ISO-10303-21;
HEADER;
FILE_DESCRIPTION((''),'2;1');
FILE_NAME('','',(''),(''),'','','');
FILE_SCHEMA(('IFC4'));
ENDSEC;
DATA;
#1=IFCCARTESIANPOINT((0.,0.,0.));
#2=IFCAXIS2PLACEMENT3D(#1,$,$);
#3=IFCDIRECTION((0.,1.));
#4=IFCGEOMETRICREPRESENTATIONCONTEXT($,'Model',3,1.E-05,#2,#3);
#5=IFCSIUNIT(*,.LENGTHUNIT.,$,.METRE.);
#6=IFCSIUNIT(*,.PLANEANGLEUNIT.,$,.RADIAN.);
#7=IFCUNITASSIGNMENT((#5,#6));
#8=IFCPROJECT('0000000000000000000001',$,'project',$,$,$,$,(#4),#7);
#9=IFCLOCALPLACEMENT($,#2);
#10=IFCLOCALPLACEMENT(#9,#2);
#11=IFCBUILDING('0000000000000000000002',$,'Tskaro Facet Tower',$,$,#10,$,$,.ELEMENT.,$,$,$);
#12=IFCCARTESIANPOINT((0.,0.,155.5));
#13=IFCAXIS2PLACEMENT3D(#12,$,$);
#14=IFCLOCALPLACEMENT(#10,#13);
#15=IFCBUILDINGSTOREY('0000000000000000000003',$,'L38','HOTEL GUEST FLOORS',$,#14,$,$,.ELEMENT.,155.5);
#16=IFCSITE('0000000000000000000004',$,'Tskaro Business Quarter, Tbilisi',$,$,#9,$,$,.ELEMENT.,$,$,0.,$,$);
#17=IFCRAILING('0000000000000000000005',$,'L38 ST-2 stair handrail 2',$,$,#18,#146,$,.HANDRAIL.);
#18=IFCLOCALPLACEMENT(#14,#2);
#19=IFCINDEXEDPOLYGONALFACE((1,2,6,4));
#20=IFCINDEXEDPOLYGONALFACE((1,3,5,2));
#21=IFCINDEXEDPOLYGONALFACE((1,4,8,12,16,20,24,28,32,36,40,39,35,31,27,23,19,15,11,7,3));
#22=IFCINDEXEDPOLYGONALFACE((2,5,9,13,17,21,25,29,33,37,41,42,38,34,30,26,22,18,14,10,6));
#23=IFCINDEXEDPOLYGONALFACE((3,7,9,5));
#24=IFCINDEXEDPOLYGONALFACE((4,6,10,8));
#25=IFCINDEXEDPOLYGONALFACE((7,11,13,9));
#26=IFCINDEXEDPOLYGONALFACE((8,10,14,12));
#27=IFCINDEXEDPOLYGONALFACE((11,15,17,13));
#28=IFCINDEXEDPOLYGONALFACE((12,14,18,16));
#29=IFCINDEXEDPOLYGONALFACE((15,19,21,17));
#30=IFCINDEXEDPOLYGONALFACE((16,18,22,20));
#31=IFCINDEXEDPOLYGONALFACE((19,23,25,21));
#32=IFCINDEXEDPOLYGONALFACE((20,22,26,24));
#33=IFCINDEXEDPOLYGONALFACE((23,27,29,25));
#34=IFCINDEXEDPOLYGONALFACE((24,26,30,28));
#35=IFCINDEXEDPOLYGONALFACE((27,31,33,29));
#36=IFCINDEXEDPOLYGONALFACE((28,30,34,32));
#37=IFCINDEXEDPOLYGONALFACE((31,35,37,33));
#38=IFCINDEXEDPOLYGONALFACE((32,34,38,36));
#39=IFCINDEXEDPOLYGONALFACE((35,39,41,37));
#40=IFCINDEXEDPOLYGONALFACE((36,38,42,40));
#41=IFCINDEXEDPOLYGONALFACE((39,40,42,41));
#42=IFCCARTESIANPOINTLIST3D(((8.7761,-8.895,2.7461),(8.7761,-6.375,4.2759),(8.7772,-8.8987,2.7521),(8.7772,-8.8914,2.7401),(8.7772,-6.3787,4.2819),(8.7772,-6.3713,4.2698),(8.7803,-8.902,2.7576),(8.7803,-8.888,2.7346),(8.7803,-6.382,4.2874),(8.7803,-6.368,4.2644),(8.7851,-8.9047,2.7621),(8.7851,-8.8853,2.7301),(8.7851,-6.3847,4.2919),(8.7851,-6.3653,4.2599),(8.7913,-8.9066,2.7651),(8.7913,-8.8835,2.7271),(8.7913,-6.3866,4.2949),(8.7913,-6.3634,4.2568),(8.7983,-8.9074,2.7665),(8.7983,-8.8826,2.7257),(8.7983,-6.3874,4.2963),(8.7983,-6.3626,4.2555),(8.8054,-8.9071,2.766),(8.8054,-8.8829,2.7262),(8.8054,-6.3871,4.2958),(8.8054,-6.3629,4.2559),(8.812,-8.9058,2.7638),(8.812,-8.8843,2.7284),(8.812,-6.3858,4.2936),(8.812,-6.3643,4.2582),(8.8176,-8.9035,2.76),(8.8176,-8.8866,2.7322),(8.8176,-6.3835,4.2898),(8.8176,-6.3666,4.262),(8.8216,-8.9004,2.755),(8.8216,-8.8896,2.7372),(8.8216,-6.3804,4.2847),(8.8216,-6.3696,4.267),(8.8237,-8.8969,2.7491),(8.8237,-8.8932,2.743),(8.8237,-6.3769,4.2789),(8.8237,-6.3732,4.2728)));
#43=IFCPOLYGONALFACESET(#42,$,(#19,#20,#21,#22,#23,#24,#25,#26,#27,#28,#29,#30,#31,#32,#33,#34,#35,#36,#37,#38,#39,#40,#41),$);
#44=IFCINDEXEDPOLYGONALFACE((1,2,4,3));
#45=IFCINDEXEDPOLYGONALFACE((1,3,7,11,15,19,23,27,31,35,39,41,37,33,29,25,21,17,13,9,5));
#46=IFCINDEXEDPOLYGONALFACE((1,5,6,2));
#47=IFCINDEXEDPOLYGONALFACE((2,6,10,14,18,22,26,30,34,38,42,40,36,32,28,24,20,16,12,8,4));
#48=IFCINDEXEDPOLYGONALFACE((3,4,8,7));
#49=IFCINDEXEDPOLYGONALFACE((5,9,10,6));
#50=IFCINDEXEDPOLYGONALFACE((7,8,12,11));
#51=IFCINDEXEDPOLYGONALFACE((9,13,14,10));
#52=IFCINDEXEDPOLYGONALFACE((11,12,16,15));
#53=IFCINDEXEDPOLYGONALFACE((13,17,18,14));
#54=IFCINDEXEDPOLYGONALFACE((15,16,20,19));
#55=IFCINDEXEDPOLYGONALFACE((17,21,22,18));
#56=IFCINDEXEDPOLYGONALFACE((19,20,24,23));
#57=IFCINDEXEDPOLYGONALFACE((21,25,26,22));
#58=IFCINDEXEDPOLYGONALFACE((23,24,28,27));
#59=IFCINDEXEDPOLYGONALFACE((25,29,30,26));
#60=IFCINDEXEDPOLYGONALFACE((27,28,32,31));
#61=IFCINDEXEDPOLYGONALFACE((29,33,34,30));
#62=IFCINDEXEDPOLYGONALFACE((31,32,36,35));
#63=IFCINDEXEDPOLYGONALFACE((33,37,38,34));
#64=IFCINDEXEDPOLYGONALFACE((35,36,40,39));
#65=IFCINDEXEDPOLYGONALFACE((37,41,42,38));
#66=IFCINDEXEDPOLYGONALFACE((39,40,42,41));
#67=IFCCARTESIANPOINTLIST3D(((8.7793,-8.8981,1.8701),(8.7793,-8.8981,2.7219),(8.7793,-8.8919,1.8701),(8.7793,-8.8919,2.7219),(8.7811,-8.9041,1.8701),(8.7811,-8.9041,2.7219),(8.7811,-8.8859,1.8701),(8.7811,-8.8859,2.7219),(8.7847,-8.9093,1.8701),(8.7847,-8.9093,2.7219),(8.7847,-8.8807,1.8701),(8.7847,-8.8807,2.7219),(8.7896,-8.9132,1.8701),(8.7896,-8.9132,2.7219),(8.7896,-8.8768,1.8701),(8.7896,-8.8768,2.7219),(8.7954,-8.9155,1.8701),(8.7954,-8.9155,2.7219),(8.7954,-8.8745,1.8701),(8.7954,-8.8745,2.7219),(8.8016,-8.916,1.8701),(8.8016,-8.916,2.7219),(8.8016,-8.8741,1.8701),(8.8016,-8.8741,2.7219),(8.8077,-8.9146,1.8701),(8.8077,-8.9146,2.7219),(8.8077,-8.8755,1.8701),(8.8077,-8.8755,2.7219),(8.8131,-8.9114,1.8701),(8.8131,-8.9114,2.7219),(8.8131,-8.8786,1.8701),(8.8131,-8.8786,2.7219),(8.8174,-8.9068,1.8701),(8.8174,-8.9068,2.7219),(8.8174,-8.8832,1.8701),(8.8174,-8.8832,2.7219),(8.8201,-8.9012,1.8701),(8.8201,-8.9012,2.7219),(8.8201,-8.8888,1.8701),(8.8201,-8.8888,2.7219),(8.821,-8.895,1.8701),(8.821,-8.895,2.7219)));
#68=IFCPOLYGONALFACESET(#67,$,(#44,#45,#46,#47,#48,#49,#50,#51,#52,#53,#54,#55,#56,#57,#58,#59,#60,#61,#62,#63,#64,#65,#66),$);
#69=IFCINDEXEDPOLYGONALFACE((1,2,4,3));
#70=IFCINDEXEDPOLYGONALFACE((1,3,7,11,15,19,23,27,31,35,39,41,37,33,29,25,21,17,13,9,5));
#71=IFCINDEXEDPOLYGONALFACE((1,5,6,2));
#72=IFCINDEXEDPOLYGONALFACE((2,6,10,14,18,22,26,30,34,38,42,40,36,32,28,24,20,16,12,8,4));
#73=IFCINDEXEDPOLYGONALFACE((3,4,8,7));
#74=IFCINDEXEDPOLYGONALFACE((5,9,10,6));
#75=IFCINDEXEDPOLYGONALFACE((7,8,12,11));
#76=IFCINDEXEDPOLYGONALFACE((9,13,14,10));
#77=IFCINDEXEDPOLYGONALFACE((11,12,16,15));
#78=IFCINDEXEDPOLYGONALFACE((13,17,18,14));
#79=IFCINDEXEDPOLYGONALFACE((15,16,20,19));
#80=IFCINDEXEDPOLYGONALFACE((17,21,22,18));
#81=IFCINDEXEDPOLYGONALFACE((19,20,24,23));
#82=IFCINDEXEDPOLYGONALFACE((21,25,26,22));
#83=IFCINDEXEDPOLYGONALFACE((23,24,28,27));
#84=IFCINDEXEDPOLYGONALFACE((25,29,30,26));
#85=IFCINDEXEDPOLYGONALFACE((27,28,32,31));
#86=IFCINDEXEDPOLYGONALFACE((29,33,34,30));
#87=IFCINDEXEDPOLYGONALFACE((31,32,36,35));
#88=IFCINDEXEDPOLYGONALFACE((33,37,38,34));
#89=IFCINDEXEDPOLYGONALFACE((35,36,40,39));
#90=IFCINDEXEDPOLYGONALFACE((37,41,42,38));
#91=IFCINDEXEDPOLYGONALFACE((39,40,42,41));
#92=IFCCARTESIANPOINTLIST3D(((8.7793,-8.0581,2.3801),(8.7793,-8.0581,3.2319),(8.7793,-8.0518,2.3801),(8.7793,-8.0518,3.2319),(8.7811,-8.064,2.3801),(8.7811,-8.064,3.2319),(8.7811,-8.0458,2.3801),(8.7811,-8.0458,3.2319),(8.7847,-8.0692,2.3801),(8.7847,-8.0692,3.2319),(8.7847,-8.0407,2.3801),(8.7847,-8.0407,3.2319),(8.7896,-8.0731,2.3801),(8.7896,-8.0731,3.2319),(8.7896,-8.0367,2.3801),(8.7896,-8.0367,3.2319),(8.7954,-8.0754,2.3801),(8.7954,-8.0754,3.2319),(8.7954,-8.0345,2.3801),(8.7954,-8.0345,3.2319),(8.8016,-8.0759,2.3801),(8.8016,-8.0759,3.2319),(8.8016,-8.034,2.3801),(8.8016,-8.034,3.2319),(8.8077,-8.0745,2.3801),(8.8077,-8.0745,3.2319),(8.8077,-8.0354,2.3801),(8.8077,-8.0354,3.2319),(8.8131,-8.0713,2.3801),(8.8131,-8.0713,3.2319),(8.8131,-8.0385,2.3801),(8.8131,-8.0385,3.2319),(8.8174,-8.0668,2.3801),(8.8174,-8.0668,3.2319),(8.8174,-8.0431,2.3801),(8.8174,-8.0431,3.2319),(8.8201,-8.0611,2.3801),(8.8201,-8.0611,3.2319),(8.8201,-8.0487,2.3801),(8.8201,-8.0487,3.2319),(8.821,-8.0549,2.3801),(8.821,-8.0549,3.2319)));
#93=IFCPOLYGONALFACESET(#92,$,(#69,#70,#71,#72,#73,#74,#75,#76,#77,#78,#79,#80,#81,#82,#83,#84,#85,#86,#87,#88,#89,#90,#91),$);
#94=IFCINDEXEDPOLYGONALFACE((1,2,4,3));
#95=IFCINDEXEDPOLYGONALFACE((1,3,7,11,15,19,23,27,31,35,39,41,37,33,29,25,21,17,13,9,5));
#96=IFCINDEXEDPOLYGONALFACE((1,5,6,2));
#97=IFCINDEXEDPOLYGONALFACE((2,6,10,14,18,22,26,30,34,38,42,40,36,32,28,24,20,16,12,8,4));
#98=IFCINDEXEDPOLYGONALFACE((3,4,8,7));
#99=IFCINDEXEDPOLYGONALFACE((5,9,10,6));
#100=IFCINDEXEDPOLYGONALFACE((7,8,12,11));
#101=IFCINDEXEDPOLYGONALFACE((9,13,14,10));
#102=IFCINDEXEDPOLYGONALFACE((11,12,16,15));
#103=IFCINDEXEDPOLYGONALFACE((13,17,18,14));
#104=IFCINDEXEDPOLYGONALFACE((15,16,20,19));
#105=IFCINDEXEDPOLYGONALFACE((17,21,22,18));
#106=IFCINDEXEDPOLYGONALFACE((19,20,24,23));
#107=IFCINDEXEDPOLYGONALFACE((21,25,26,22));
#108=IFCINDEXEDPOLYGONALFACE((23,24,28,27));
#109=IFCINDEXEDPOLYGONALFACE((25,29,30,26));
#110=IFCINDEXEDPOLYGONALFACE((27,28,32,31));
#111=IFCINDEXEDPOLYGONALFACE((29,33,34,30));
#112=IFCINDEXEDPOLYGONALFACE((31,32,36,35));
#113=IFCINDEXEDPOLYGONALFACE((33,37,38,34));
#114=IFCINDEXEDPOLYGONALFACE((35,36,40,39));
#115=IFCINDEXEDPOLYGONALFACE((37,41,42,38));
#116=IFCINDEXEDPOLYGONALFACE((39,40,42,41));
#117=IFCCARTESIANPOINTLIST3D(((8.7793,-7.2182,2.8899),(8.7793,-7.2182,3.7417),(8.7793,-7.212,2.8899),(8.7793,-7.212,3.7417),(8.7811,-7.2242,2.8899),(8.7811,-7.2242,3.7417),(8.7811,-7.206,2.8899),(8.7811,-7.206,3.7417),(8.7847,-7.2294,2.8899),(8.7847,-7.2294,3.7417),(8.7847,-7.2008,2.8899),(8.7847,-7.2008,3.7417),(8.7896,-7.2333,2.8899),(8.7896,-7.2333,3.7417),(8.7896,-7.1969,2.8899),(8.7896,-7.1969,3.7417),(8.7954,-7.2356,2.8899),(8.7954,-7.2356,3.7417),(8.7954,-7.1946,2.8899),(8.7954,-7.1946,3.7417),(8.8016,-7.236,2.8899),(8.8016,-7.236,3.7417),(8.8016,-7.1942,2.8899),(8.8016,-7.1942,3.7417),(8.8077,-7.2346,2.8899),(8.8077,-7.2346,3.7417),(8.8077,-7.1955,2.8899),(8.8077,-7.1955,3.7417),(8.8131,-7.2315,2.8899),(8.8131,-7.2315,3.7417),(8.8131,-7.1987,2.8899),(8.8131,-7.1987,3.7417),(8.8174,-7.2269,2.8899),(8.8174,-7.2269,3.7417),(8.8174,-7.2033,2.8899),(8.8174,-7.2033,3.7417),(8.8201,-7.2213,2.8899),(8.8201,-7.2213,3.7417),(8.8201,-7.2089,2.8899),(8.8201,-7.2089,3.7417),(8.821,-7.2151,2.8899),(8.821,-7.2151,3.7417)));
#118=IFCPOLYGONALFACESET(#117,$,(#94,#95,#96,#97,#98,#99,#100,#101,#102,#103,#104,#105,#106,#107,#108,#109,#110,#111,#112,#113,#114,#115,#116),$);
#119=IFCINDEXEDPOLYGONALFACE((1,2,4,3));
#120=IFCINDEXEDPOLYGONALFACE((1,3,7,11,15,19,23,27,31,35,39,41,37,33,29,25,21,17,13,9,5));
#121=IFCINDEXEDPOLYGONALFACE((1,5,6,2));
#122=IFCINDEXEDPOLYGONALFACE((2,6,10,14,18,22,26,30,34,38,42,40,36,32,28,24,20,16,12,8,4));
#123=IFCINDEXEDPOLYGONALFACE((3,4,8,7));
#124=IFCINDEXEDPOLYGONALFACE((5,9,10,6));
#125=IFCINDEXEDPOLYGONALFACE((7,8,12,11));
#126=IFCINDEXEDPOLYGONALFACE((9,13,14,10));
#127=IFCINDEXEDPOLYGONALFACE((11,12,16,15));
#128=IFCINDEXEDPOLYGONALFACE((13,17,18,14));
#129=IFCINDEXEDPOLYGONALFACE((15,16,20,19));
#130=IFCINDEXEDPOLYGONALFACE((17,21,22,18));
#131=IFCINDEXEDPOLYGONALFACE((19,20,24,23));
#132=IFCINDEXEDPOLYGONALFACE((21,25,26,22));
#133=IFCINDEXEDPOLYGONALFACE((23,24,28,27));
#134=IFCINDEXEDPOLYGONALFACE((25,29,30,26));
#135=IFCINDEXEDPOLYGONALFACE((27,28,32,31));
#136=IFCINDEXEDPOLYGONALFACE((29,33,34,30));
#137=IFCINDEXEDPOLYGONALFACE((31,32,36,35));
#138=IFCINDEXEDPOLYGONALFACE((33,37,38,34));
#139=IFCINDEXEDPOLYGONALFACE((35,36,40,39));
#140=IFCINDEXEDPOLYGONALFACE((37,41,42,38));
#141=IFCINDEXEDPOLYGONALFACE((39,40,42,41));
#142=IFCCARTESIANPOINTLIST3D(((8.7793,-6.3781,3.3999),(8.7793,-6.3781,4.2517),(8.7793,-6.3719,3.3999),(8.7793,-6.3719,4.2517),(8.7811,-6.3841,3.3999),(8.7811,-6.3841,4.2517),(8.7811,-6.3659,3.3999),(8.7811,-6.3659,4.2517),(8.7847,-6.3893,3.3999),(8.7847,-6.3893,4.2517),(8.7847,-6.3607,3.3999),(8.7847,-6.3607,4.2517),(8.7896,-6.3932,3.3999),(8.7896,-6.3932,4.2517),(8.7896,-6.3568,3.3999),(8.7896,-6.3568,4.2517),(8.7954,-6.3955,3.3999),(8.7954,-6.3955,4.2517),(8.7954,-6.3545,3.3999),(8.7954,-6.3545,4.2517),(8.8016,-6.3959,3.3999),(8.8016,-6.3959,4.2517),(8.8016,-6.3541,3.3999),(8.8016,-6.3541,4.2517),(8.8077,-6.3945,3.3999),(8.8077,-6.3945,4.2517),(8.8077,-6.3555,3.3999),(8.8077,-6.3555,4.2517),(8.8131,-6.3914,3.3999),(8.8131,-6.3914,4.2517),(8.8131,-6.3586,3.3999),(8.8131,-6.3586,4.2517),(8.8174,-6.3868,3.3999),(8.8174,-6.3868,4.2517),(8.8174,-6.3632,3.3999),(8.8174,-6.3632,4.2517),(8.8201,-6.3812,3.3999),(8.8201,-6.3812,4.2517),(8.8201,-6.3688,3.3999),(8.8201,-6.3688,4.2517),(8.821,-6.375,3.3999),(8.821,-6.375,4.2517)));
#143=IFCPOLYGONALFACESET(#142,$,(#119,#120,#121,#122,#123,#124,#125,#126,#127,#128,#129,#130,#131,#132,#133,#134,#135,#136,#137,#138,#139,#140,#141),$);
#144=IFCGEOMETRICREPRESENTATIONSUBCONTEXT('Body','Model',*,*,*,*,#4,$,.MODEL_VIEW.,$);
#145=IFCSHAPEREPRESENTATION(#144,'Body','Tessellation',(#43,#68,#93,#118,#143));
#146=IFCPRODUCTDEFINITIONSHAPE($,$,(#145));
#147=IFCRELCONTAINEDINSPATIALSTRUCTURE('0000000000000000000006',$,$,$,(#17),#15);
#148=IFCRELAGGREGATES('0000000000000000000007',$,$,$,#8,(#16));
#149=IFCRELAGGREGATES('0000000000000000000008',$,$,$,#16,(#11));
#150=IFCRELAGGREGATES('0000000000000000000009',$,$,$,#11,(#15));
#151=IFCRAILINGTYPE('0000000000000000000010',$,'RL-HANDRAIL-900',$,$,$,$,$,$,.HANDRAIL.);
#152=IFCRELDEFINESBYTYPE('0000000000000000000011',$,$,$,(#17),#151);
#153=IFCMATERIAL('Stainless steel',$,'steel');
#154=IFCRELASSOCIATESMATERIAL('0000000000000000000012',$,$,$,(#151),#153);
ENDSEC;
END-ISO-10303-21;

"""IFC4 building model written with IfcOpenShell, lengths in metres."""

from ifc_helpers import new_model, si_unit, direction, frame, origin, origin_2d, place, context, subcontext, project, spatial, circle, extrude, material, type_object, element, save


model = new_model("IFC4")

# Units and contexts
model_context = context("Model", 3, precision=1e-05, world=origin(), true_north=direction((0.0, 1.0)))
body_context = subcontext(model_context, "Body", "Model", "MODEL_VIEW")
ifc_project = project(units=[si_unit("LENGTHUNIT", "METRE"), si_unit("PLANEANGLEUNIT", "RADIAN")], contexts=[model_context])

# Site, building, storey
site_placement = place(None, origin())
site = spatial("IfcSite", under=ifc_project, at=site_placement, Name="Tskaro Business Quarter, Tbilisi", CompositionType="ELEMENT", RefElevation=0.0)
building_placement = place(site_placement, origin())
building = spatial("IfcBuilding", under=site, at=building_placement, Name="Tskaro Facet Tower", CompositionType="ELEMENT")
storey_placement = place(building_placement, frame((0.0, 0.0, 155.5)))
storey = spatial("IfcBuildingStorey", under=building, at=storey_placement, Name="L38", Description="HOTEL GUEST FLOORS", CompositionType="ELEMENT", Elevation=155.5)

# Railing
ifc_material_1 = material(Name="Stainless steel", Category="steel")
railing_type_1 = type_object("IfcRailingType", Name="RL-HANDRAIL-900", PredefinedType="HANDRAIL", material=ifc_material_1)
railing_1_placement = place(storey_placement, frame((8.8, -8.895, 1.8701)))
element("IfcRailing", 1, at=railing_1_placement, inside=storey, type_object=railing_type_1, Name="L38 ST-2 stair handrail 2", PredefinedType="HANDRAIL", context=body_context, shape_type="SweptSolid", body=[
    extrude(circle(Radius=0.0239, at=origin_2d()), frame((0.0, 0.0, 0.876), z_axis=(0.0, 0.854822, 0.518922), x_axis=(-1.0, 0.0, 0.0)), (0.0, 0.0, 1.0), 2.948),
    extrude(circle(Radius=0.021, at=origin_2d()), origin(), (0.0, 0.0, 1.0), 0.8518),
    extrude(circle(Radius=0.021, at=origin_2d()), frame((0.0, 0.8401, 0.51)), (0.0, 0.0, 1.0), 0.8518),
    extrude(circle(Radius=0.021, at=origin_2d()), frame((0.0, 1.6799, 1.0198)), (0.0, 0.0, 1.0), 0.8518),
    extrude(circle(Radius=0.021, at=origin_2d()), frame((0.0, 2.52, 1.5298)), (0.0, 0.0, 1.0), 0.8518),
])

save(model, "model.ifc")
